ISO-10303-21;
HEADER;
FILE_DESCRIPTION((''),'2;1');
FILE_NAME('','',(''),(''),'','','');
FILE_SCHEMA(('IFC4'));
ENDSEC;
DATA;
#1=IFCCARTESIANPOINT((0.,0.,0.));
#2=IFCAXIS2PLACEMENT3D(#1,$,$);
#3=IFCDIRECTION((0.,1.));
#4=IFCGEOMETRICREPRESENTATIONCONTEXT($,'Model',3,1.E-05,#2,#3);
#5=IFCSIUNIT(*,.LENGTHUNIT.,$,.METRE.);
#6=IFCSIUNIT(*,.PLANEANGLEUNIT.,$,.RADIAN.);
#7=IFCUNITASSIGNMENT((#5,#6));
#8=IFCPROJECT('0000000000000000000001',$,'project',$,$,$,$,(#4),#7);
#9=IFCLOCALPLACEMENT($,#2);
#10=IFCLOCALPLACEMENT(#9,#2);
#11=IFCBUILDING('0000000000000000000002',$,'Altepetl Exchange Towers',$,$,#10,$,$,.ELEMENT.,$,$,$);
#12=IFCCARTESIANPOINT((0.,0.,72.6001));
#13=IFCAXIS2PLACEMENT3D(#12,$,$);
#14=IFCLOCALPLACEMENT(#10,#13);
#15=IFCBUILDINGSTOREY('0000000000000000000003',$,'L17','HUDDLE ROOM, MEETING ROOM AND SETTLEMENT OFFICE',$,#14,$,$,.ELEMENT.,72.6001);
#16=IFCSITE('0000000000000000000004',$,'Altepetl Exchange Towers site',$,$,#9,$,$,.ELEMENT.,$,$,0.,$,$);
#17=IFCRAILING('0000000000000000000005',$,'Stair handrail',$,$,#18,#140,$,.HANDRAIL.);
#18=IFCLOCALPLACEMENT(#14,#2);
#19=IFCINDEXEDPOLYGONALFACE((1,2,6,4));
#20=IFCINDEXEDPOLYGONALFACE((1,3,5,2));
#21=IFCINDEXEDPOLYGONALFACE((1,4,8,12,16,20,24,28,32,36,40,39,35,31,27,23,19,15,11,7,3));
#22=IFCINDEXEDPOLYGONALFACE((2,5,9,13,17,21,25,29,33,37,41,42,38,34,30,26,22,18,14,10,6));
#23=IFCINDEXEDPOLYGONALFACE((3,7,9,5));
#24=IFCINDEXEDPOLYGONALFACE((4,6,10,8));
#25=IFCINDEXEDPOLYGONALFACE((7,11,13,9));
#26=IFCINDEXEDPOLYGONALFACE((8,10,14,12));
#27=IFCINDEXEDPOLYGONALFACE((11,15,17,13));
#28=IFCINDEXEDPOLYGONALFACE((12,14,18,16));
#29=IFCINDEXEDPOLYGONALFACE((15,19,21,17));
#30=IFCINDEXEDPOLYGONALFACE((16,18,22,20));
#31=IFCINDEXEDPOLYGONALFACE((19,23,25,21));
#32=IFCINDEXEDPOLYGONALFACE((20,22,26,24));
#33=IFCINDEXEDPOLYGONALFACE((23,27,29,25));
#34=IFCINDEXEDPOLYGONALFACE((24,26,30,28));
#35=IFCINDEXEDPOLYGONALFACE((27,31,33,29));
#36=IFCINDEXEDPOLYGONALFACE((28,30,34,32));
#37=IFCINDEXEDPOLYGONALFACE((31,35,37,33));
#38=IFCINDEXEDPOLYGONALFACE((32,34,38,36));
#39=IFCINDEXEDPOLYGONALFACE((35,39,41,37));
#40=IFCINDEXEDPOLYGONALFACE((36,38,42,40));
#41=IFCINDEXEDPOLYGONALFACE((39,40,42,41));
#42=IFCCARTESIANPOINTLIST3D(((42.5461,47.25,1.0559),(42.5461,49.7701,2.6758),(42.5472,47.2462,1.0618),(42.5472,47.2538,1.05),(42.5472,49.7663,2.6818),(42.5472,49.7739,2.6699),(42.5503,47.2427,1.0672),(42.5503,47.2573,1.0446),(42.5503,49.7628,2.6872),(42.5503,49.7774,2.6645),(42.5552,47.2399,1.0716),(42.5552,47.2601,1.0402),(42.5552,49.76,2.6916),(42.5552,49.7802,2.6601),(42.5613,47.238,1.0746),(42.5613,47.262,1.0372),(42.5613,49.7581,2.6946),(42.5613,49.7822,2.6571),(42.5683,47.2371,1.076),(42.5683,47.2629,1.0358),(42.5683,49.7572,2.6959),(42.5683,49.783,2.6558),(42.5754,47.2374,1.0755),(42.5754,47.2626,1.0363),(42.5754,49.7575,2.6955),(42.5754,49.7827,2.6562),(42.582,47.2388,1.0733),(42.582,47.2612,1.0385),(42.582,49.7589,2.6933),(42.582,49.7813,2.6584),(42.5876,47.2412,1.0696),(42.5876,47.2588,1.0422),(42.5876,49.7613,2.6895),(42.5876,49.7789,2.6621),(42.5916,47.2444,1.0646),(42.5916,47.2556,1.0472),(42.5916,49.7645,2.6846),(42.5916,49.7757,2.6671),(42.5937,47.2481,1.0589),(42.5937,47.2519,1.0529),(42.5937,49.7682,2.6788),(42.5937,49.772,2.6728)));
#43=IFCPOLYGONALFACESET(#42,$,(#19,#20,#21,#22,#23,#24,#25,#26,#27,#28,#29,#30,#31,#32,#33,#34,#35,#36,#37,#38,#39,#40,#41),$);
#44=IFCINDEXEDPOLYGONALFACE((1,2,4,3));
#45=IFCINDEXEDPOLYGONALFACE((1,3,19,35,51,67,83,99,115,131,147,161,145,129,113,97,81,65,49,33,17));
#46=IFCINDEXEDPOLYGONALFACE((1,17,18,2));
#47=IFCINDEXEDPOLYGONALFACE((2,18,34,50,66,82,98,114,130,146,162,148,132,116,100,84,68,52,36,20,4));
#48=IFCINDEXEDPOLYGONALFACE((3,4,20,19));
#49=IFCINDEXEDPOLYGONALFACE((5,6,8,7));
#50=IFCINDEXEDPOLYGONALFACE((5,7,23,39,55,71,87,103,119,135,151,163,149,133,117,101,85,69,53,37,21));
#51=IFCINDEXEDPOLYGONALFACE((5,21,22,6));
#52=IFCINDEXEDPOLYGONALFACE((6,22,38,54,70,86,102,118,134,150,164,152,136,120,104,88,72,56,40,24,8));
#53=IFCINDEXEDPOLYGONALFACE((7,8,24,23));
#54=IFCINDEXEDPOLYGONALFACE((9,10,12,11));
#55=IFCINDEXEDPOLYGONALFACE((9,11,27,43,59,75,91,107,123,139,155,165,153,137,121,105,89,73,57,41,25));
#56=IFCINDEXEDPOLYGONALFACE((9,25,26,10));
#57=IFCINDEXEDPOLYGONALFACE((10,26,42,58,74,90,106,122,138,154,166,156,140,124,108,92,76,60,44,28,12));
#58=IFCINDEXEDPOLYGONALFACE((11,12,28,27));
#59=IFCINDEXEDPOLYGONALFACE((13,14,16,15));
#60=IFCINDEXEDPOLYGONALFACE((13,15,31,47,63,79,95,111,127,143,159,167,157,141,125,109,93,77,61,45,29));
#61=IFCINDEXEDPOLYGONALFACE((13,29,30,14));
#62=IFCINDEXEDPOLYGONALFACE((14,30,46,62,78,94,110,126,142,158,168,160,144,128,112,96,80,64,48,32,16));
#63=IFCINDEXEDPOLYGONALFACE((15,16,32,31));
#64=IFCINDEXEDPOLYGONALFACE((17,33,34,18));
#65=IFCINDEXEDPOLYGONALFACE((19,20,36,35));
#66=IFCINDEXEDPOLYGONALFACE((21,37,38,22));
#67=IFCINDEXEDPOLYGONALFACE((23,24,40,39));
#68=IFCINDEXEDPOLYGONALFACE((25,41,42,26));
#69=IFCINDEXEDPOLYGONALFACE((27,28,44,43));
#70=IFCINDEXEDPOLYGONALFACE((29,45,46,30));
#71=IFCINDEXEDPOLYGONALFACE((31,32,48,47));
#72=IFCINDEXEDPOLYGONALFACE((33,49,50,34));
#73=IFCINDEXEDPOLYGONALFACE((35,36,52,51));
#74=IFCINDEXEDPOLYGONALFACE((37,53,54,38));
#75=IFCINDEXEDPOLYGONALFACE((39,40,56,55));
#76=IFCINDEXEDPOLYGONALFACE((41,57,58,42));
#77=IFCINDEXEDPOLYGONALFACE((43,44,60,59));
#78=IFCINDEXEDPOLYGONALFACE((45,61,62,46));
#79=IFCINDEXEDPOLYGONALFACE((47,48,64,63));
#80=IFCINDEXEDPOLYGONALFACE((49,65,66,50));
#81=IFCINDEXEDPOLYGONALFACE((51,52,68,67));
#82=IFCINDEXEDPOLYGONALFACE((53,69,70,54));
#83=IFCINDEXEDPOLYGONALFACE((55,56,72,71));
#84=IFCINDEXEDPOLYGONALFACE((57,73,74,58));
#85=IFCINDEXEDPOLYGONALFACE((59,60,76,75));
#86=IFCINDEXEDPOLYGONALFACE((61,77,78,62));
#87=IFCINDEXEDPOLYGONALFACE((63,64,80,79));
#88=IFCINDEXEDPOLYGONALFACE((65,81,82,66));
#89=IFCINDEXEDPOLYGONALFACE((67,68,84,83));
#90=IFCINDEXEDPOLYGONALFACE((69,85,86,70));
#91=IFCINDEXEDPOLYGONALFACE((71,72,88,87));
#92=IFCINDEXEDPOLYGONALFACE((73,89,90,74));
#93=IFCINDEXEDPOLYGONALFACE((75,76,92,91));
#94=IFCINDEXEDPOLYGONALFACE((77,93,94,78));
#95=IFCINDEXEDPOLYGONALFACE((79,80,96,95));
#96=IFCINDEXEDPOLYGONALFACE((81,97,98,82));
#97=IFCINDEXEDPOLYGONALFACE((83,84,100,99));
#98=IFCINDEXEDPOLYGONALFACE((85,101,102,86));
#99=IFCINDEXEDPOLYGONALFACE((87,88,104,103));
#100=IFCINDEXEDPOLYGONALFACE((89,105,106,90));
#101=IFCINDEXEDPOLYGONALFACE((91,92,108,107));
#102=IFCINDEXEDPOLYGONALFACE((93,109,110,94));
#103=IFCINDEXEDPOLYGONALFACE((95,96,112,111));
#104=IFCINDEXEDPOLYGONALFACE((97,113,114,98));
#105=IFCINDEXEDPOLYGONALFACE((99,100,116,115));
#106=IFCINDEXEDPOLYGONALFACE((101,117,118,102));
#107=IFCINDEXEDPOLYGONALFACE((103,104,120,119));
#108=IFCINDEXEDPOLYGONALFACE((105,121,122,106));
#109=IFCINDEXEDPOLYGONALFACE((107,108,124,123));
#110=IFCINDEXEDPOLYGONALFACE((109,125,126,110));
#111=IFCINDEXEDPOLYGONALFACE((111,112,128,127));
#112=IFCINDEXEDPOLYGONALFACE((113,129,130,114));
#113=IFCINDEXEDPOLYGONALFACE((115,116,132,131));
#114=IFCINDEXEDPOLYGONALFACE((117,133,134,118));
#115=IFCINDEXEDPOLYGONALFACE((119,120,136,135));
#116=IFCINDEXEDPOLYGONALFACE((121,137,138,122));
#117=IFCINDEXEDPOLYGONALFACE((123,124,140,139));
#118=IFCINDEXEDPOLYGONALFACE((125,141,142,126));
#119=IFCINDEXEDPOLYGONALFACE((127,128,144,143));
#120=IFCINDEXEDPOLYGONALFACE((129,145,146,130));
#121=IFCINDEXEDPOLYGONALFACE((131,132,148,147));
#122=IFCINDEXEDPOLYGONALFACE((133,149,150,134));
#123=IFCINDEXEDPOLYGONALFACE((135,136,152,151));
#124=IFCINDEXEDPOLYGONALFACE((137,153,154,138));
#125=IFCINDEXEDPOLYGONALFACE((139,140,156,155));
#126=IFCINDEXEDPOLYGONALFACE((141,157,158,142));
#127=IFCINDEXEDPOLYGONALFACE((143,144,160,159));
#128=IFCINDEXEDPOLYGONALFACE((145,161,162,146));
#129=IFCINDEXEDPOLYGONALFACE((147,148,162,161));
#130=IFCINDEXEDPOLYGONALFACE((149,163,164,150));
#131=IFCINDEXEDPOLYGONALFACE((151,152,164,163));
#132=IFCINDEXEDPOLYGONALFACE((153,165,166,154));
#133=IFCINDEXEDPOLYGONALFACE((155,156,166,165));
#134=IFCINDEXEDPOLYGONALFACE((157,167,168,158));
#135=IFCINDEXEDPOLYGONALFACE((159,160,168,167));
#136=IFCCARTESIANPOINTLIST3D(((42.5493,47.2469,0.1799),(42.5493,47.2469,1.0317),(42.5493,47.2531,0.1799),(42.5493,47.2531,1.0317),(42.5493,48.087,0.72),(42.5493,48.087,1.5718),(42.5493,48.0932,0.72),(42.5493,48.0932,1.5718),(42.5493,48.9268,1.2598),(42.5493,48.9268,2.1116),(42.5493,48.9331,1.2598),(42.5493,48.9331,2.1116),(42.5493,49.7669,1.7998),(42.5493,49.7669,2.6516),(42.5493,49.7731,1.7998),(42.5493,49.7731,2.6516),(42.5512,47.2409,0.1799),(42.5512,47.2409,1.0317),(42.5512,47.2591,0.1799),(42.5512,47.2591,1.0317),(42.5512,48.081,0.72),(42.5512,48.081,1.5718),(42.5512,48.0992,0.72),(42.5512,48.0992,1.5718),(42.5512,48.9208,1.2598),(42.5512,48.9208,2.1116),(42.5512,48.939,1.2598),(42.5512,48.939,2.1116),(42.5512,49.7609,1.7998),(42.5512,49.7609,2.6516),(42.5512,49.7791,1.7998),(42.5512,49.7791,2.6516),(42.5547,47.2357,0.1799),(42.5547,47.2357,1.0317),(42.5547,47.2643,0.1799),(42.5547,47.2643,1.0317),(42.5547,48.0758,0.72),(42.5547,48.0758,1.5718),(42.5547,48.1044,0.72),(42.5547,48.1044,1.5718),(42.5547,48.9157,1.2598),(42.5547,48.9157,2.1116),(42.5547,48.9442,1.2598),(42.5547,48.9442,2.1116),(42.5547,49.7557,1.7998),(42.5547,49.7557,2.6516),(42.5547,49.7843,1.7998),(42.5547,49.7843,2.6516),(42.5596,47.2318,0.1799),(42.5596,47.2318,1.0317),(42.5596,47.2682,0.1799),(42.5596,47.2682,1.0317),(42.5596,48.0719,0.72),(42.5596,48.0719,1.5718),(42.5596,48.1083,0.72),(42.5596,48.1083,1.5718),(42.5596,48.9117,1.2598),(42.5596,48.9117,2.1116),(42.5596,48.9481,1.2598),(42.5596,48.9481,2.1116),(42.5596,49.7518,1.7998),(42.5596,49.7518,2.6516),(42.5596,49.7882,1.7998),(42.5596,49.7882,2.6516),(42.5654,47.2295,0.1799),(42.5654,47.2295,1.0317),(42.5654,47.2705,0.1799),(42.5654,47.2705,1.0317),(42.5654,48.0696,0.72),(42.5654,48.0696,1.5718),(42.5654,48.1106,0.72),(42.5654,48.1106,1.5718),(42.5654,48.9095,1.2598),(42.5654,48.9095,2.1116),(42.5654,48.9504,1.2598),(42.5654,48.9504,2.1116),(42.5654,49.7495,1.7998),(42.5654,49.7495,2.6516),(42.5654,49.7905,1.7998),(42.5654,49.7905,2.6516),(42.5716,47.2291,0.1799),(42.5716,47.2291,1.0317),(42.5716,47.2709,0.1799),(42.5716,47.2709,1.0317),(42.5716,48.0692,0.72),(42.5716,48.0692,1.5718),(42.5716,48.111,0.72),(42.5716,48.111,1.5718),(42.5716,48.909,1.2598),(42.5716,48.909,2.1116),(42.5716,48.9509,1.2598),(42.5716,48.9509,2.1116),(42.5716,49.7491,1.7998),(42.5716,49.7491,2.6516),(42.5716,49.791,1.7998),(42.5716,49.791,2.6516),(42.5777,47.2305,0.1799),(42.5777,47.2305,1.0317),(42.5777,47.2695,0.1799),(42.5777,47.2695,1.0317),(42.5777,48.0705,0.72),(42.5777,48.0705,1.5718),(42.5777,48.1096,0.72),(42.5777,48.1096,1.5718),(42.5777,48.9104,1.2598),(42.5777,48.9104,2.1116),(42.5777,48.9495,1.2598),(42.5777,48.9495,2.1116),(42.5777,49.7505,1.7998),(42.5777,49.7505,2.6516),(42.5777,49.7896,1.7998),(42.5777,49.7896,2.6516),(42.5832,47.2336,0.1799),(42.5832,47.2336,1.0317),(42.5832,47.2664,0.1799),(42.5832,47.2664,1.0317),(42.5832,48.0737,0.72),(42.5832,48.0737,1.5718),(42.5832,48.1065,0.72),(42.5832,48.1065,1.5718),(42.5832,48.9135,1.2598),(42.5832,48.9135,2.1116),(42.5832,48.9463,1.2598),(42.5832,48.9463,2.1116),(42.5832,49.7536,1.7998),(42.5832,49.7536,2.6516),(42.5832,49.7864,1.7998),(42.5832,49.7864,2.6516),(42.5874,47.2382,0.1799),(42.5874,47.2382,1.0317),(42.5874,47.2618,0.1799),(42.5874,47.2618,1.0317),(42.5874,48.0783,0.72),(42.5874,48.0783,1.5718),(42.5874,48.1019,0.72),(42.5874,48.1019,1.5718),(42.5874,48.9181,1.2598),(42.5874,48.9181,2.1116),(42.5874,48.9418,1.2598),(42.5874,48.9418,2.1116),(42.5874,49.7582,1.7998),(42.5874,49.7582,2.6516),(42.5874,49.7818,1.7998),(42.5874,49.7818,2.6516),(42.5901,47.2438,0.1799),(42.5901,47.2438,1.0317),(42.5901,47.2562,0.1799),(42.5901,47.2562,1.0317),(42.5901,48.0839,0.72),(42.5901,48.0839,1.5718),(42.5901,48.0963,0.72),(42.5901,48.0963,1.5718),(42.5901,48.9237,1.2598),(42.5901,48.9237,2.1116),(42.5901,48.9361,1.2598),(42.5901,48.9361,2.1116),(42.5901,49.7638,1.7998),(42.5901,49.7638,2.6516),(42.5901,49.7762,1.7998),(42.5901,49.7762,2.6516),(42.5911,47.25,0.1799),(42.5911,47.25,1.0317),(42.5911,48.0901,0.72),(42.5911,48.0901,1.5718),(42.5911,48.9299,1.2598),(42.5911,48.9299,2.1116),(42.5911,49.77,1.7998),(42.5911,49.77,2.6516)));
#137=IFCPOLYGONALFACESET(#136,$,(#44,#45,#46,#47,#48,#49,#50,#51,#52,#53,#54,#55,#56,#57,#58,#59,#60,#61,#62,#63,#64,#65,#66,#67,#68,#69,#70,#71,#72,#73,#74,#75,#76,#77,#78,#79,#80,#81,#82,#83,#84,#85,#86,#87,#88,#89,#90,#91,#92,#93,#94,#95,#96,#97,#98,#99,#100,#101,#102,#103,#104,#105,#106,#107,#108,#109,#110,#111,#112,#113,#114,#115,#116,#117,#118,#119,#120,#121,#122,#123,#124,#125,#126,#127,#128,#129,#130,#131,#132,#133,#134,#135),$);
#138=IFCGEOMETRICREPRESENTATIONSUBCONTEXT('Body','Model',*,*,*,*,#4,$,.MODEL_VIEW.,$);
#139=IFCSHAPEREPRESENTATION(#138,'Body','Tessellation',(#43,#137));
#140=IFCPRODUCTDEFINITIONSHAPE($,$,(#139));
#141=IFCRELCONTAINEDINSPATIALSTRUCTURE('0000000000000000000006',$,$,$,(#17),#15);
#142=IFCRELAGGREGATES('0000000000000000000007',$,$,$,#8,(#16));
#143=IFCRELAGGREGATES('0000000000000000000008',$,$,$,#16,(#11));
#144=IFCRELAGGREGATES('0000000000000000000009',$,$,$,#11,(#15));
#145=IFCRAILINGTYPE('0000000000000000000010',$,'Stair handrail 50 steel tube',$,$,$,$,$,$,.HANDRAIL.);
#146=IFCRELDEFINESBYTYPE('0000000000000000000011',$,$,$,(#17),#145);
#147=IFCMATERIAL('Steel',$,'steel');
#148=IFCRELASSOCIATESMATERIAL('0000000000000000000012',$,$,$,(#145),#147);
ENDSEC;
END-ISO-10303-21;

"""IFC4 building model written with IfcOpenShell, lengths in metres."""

from ifc_helpers import new_model, si_unit, direction, frame, origin, origin_2d, place, context, subcontext, project, spatial, circle, extrude, source, transform, mapped, material, type_object, element, save


model = new_model("IFC4")

# Units and contexts
model_context = context("Model", 3, precision=1e-05, world=origin(), true_north=direction((0.0, 1.0)))
body_context = subcontext(model_context, "Body", "Model", "MODEL_VIEW")
ifc_project = project(units=[si_unit("LENGTHUNIT", "METRE"), si_unit("PLANEANGLEUNIT", "RADIAN")], contexts=[model_context])

# Site, building, storey
site_placement = place(None, origin())
site = spatial("IfcSite", under=ifc_project, at=site_placement, Name="Altepetl Exchange Towers site", CompositionType="ELEMENT", RefElevation=0.0)
building_placement = place(site_placement, origin())
building = spatial("IfcBuilding", under=site, at=building_placement, Name="Altepetl Exchange Towers", CompositionType="ELEMENT")
storey_placement = place(building_placement, frame((0.0, 0.0, 72.6001)))
storey = spatial("IfcBuildingStorey", under=building, at=storey_placement, Name="L17", Description="HUDDLE ROOM, MEETING ROOM AND SETTLEMENT OFFICE", CompositionType="ELEMENT", Elevation=72.6001)

# Railing
ifc_material_1 = material(Name="Steel", Category="steel")
railing_type = type_object("IfcRailingType", Name="Stair handrail 50 steel tube", PredefinedType="HANDRAIL", material=ifc_material_1)
shared_shape = source(origin(), body_context, "Body", "SweptSolid", [
    extrude(circle(Radius=0.021, at=origin_2d()), origin(), (0.0, 0.0, 1.0), 0.8518),
])
railing_1_placement = place(storey_placement, frame((42.5701, 47.25, 0.1799)))
element("IfcRailing", 1, at=railing_1_placement, inside=storey, type_object=railing_type, Name="Stair handrail", PredefinedType="HANDRAIL", context=body_context, shape_type="SweptSolid", body=[
    extrude(circle(Radius=0.0239, at=origin_2d()), frame((0.0, 0.0, 0.876), z_axis=(0.0, 0.8412, 0.540725), x_axis=(-1.0, 0.0, 0.0)), (0.0, 0.0, 1.0), 2.9958),
    mapped(shared_shape, transform((0.0, 0.0, 0.0))),
    mapped(shared_shape, transform((0.0, 0.8401, 0.54))),
    mapped(shared_shape, transform((0.0, 1.6799, 1.0798))),
    mapped(shared_shape, transform((0.0, 2.52, 1.6199))),
])

save(model, "model.ifc")
